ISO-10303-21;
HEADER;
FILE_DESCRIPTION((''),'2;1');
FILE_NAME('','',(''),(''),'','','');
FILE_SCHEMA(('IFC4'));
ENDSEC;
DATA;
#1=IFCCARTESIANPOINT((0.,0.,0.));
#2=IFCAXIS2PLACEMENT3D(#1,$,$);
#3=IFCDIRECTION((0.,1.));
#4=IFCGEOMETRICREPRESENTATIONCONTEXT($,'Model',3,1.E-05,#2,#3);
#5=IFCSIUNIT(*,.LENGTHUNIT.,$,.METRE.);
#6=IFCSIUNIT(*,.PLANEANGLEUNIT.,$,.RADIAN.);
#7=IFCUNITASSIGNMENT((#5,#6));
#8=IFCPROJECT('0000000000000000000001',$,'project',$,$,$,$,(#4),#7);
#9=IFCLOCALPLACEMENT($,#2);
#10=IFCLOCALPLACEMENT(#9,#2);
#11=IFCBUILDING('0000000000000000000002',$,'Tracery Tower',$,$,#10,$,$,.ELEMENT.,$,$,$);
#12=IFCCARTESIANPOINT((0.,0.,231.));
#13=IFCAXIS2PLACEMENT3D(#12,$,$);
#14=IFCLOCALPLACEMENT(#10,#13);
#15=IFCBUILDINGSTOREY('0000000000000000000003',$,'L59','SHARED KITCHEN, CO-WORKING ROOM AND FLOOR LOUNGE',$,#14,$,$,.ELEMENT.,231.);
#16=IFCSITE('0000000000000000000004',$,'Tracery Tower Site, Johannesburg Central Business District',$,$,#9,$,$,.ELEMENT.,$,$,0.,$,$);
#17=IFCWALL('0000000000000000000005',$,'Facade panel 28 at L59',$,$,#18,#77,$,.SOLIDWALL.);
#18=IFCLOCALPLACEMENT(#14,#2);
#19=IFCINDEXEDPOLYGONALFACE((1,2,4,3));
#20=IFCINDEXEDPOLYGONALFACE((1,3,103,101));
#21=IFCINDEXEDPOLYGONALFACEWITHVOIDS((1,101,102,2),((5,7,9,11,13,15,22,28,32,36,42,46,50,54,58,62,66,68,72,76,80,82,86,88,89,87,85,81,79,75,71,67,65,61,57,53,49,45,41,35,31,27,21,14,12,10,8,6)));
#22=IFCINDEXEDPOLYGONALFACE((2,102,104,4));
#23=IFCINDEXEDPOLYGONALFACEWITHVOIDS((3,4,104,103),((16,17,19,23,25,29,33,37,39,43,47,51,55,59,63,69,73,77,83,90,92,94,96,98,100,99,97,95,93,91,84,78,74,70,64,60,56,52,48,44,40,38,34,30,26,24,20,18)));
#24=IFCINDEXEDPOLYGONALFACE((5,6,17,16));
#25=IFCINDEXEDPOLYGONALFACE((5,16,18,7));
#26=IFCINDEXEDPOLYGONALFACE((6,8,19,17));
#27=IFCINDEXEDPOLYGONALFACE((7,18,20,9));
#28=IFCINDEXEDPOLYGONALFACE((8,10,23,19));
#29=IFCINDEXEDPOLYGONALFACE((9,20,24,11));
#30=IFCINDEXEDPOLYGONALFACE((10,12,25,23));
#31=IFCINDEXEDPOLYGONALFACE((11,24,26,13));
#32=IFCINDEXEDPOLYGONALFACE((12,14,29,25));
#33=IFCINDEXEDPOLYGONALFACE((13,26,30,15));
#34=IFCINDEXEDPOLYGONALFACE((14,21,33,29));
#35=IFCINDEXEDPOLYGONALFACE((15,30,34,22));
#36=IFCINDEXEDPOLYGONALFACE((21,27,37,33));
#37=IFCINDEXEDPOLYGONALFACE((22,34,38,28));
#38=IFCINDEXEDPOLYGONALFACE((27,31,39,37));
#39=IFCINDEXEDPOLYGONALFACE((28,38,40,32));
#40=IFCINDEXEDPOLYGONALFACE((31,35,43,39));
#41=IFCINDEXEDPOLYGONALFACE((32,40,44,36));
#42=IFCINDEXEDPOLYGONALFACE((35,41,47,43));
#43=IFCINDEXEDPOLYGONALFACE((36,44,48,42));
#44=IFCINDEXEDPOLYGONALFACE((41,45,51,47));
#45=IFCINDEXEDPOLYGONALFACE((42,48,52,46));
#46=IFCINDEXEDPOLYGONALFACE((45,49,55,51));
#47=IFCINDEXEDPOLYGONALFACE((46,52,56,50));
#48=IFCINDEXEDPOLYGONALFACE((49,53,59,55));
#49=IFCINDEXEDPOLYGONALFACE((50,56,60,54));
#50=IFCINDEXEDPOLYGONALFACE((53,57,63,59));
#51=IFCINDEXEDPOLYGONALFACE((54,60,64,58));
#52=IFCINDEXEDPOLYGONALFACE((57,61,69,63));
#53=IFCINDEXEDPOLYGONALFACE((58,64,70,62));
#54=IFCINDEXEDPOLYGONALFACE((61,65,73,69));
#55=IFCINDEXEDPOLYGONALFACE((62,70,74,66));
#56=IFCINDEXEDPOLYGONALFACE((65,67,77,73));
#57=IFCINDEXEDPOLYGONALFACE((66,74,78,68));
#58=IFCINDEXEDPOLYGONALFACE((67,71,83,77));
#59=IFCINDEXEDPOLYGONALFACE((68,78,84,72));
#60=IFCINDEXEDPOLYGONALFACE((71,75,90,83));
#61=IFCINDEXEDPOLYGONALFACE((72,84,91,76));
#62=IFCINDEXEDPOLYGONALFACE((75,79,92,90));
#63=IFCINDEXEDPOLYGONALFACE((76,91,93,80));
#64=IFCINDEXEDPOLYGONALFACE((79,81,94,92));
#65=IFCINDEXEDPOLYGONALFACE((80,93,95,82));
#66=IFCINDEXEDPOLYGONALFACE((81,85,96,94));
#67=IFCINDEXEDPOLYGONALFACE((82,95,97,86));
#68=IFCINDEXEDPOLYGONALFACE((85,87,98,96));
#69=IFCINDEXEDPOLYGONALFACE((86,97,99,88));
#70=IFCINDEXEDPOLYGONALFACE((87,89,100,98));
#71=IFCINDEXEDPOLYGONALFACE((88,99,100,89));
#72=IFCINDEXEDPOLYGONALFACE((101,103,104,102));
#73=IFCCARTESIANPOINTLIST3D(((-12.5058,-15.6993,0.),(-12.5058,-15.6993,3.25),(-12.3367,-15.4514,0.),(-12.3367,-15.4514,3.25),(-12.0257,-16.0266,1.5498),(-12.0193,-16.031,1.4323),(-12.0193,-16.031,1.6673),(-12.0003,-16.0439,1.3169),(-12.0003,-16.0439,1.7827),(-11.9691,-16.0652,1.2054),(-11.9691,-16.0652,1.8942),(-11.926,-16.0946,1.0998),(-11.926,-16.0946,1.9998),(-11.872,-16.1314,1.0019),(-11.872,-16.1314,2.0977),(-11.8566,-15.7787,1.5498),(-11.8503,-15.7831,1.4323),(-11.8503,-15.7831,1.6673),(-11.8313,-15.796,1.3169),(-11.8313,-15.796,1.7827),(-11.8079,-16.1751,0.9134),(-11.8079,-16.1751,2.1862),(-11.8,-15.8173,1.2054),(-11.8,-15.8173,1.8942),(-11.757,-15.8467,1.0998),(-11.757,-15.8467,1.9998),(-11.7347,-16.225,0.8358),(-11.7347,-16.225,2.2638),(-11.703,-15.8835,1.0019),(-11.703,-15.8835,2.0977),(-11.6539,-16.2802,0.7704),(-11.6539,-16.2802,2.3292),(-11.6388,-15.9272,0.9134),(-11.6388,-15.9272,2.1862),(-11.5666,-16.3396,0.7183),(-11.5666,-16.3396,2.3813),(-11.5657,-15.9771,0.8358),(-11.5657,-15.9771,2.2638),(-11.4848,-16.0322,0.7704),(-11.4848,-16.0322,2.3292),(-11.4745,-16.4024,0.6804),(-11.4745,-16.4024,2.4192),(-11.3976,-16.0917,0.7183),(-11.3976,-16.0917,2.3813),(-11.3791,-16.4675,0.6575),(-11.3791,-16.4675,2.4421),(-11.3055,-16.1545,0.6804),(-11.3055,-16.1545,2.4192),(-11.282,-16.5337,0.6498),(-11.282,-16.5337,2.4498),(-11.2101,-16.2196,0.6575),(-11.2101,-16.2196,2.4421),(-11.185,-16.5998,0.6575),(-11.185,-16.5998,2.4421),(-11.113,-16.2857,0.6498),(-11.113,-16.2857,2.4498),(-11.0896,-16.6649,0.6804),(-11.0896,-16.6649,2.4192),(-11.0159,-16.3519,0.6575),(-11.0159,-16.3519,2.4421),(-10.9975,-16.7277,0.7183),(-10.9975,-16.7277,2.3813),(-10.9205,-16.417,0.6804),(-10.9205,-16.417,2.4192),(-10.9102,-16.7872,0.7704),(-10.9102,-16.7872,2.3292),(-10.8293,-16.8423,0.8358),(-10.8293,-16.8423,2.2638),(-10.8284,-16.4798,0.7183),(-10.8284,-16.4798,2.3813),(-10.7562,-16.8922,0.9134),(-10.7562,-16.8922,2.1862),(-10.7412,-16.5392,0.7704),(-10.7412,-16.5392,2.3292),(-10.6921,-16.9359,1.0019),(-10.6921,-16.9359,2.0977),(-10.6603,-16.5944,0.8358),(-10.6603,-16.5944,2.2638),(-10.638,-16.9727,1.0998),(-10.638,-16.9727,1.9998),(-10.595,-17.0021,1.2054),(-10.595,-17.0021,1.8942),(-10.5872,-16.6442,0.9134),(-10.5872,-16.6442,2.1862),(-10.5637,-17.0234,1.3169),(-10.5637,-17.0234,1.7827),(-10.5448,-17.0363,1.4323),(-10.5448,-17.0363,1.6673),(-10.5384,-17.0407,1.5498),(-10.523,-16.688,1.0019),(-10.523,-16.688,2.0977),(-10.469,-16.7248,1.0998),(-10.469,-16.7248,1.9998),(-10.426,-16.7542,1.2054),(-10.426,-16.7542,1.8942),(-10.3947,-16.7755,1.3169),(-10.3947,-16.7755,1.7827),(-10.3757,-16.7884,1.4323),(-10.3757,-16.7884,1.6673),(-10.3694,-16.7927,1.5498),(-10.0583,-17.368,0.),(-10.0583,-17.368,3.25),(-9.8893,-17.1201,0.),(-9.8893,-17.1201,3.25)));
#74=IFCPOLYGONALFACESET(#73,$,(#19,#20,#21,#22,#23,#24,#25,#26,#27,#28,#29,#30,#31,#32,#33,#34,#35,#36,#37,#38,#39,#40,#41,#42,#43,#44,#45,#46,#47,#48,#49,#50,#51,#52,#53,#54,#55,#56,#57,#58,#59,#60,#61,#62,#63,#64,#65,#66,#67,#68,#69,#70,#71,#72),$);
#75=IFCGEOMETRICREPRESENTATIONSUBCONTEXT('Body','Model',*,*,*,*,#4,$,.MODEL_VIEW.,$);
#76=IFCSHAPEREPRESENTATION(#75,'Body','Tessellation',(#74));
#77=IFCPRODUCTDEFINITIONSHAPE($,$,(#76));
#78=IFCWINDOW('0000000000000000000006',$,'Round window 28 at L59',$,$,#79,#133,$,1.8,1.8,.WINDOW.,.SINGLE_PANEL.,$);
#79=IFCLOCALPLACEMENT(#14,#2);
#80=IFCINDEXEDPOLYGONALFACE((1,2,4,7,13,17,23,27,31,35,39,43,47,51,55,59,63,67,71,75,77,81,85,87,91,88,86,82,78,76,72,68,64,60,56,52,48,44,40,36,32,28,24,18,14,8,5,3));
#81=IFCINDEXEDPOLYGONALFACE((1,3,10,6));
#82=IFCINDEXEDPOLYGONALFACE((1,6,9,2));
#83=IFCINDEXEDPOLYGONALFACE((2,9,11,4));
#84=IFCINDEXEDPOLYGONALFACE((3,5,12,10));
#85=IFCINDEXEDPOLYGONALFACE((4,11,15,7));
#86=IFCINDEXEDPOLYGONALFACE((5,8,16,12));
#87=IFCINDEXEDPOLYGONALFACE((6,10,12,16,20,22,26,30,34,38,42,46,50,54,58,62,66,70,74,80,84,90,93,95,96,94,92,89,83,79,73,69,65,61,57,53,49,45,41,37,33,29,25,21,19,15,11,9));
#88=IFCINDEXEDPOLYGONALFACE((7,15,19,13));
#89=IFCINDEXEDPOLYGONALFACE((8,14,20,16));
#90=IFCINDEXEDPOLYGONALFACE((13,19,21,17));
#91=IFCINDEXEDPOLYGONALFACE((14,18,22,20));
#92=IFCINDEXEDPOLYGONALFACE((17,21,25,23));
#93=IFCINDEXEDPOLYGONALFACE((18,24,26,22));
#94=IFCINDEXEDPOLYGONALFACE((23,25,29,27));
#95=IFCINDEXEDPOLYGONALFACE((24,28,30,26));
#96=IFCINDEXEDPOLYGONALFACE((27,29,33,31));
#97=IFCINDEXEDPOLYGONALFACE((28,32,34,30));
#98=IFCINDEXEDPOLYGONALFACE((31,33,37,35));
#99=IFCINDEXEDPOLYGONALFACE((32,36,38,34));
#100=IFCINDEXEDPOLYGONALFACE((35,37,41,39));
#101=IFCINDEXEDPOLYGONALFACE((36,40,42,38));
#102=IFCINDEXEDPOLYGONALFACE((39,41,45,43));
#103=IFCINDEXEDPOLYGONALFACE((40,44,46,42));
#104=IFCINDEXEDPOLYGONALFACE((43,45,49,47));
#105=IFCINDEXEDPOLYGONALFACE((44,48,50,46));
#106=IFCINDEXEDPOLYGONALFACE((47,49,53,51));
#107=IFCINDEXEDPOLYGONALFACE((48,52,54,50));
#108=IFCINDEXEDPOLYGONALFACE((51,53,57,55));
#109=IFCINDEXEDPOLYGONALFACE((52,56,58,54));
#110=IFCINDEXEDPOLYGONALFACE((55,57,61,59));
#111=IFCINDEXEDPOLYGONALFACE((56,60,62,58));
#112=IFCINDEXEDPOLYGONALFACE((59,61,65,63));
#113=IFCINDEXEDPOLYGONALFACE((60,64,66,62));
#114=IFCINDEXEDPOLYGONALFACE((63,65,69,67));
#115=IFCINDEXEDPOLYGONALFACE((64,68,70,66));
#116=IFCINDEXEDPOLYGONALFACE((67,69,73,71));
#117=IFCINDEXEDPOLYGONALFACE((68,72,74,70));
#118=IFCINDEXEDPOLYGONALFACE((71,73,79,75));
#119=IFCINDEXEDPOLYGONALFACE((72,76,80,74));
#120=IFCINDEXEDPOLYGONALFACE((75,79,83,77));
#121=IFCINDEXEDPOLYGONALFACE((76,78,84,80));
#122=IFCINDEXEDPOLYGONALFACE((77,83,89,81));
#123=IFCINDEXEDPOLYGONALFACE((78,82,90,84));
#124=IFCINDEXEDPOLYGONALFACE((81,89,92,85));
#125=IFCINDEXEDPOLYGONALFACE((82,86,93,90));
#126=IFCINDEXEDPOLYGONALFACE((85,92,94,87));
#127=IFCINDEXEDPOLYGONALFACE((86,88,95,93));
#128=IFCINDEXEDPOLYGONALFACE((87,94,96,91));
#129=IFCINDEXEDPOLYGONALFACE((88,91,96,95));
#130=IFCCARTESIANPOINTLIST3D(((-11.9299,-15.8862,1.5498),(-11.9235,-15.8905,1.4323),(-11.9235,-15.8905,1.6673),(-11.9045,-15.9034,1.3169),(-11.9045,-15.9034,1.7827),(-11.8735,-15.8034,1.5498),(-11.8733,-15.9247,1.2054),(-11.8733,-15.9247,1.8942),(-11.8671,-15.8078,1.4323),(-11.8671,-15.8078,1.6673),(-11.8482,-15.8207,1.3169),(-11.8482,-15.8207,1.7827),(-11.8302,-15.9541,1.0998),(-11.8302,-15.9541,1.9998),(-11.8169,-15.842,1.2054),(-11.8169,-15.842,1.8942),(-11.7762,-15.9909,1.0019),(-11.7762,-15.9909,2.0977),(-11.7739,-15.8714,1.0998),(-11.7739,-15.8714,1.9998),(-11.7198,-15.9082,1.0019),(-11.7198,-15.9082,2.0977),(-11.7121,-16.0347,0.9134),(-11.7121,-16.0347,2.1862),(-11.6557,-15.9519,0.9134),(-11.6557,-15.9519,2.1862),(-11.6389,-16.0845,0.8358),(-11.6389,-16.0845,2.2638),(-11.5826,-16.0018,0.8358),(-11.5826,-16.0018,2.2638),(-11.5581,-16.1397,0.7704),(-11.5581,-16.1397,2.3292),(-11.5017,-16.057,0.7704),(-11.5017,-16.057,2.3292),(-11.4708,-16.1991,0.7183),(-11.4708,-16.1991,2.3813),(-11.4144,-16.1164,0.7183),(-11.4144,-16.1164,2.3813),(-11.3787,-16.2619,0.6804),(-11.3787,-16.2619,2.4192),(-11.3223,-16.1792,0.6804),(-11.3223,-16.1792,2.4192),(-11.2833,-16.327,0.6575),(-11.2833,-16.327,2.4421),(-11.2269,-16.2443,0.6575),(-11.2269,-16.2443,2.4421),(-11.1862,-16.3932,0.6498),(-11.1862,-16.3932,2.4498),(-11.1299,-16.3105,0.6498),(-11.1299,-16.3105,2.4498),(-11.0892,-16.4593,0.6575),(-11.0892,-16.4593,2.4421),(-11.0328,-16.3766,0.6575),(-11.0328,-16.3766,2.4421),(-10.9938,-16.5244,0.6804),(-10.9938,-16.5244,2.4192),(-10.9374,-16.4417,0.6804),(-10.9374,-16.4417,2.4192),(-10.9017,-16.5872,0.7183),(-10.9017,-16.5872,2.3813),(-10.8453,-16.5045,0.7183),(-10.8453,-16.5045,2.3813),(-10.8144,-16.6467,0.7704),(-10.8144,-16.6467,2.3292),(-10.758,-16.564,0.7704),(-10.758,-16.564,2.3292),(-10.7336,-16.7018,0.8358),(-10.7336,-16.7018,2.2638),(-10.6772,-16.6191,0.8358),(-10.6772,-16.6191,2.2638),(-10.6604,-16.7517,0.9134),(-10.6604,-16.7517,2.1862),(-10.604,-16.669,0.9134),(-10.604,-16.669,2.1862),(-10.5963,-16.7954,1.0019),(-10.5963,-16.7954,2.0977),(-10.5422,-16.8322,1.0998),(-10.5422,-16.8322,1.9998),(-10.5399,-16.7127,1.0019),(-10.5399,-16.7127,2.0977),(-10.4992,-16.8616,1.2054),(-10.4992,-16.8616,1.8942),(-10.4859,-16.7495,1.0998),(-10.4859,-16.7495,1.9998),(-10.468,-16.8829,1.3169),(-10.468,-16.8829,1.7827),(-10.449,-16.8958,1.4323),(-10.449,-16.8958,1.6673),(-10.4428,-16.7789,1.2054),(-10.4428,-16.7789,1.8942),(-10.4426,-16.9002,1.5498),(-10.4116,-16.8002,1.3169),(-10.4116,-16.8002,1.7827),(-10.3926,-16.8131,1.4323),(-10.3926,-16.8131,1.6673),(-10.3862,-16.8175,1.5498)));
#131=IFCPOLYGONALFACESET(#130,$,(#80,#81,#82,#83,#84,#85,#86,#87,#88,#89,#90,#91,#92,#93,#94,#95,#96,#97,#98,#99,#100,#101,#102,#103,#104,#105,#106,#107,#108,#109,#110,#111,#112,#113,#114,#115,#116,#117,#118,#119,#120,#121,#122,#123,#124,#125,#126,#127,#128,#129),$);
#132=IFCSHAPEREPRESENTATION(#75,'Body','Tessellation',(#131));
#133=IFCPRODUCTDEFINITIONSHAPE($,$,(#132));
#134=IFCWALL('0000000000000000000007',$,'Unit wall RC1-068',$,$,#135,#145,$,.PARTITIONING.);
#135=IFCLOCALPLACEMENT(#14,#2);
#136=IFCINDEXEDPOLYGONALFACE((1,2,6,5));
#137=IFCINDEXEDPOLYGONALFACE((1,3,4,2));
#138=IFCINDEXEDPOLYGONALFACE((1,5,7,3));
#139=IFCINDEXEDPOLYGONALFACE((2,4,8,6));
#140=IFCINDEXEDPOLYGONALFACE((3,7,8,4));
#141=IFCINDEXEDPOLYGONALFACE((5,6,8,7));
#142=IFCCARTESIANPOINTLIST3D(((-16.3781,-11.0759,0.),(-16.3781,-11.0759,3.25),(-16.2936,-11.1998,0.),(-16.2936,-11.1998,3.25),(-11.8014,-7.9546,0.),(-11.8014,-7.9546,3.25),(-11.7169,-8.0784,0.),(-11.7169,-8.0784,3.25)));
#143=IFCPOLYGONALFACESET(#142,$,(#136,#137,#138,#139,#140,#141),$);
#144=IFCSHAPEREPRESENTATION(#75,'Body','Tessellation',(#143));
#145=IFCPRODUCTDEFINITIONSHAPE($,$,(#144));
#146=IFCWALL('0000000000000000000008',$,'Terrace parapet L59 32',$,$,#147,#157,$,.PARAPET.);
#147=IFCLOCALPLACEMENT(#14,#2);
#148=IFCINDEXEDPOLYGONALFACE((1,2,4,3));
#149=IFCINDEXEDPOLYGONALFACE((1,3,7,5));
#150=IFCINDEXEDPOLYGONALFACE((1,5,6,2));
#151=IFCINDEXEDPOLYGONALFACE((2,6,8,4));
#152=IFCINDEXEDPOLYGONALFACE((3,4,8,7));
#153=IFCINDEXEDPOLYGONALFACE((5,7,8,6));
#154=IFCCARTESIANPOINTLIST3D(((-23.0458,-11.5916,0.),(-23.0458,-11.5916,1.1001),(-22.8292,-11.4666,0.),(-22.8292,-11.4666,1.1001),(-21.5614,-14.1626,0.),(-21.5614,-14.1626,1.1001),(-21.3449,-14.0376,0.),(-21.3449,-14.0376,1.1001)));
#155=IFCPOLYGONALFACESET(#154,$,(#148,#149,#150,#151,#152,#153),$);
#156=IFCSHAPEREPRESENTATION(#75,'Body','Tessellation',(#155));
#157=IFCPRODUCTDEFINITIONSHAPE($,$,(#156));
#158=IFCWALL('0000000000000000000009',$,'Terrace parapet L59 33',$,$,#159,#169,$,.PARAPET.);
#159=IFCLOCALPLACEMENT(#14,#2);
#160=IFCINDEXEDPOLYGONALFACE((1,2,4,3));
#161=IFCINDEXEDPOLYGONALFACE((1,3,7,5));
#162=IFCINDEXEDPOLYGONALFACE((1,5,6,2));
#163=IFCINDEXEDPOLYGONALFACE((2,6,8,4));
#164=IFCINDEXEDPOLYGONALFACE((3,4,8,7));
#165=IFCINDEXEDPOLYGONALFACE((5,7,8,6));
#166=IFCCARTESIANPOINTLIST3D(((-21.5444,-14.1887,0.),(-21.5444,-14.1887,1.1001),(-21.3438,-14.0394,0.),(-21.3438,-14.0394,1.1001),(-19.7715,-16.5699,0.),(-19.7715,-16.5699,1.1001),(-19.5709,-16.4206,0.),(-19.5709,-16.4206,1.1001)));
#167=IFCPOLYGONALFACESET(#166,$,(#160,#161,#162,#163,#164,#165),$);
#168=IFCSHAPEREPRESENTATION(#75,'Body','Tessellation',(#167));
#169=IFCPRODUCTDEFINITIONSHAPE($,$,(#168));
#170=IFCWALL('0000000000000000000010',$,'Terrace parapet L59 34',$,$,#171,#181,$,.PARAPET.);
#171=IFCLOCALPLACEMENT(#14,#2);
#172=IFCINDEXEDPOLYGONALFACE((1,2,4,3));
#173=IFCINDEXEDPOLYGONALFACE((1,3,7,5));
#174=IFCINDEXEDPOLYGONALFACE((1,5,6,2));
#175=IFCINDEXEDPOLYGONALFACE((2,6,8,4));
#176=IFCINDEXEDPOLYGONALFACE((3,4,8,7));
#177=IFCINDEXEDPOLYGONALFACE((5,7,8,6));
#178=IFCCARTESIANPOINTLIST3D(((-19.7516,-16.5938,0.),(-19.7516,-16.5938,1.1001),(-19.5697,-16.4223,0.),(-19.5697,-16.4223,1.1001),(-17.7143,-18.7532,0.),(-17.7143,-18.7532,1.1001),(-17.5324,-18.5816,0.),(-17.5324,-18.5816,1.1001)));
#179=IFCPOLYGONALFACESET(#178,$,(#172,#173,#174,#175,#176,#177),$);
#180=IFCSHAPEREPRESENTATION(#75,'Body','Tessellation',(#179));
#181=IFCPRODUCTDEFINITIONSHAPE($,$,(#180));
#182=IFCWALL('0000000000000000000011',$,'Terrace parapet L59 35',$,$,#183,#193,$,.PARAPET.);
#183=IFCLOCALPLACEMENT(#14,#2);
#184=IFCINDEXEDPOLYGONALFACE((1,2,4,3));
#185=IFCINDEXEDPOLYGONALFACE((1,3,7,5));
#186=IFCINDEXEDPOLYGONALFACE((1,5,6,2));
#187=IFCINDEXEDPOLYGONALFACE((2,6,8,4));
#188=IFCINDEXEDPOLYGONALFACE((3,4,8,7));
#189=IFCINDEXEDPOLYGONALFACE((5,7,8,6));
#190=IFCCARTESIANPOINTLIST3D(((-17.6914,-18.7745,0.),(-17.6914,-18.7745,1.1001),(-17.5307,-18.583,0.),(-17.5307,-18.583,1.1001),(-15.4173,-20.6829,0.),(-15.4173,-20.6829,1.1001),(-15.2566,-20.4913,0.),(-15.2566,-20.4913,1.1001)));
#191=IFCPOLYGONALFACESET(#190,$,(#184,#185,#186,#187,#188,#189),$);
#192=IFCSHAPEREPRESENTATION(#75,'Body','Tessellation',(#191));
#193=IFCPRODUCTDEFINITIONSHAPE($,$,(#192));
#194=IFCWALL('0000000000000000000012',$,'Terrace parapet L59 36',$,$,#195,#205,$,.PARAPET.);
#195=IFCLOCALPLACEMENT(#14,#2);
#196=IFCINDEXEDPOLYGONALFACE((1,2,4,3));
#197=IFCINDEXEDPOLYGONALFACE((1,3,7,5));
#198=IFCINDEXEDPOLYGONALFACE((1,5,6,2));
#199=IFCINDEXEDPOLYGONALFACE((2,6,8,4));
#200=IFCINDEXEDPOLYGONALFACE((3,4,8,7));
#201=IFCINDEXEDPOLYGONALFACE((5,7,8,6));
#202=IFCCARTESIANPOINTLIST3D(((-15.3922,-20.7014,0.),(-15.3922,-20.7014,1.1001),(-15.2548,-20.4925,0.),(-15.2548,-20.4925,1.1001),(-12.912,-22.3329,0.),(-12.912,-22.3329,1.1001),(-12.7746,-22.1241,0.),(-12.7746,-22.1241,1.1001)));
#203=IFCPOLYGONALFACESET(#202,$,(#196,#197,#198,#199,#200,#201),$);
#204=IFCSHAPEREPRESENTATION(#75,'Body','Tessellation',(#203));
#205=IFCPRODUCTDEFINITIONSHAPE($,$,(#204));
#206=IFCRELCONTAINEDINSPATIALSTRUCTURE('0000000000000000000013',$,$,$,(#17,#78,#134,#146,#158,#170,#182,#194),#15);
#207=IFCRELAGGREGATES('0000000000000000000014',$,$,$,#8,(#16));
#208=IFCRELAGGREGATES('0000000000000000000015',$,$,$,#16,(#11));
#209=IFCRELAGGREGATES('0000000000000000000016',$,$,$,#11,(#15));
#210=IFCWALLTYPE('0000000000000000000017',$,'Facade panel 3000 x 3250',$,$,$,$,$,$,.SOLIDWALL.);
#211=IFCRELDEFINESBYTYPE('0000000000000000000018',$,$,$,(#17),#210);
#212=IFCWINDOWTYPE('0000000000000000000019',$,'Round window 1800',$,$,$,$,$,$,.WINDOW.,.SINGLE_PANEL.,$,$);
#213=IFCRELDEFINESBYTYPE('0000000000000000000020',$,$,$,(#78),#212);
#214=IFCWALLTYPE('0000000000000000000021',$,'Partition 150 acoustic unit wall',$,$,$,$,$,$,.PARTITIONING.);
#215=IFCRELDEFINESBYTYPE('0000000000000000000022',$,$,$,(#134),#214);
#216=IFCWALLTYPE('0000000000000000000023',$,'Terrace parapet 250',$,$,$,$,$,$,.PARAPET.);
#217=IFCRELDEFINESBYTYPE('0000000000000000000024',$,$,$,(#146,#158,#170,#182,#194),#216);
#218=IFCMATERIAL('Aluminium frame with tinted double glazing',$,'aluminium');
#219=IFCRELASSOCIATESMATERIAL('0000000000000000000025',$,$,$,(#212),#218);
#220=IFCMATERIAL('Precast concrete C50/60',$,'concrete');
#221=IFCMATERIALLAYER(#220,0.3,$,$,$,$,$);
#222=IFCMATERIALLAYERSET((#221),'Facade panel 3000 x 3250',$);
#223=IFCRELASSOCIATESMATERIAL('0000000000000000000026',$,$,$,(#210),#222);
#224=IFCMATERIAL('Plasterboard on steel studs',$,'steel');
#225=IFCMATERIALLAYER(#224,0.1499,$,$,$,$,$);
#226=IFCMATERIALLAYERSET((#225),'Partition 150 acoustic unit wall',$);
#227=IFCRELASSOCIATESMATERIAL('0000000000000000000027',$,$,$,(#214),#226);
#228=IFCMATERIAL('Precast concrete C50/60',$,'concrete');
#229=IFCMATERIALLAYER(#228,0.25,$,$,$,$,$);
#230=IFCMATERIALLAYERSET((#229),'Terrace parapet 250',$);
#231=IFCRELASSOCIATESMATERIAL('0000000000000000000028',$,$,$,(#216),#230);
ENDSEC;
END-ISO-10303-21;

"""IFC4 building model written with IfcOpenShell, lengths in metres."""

from ifc_helpers import new_model, si_unit, direction, frame, frame_2d, origin, origin_2d, place, context, subcontext, project, spatial, rectangle, circle, extrude, material, layer, layer_set, type_object, element, fill, save


model = new_model("IFC4")

# Units and contexts
model_context = context("Model", 3, precision=1e-05, world=origin(), true_north=direction((0.0, 1.0)))
body_context = subcontext(model_context, "Body", "Model", "MODEL_VIEW")
ifc_project = project(units=[si_unit("LENGTHUNIT", "METRE"), si_unit("PLANEANGLEUNIT", "RADIAN")], contexts=[model_context])

# Site, building, storey
site_placement = place(None, origin())
site = spatial("IfcSite", under=ifc_project, at=site_placement, Name="Tracery Tower Site, Johannesburg Central Business District", CompositionType="ELEMENT", RefElevation=0.0)
building_placement = place(site_placement, origin())
building = spatial("IfcBuilding", under=site, at=building_placement, Name="Tracery Tower", CompositionType="ELEMENT")
storey_placement = place(building_placement, frame((0.0, 0.0, 231.0)))
storey = spatial("IfcBuildingStorey", under=building, at=storey_placement, Name="L59", Description="SHARED KITCHEN, CO-WORKING ROOM AND FLOOR LOUNGE", CompositionType="ELEMENT", Elevation=231.0)

# Wall, opening, window
ifc_material_1 = material(Name="Aluminium frame with tinted double glazing", Category="aluminium")
window_type = type_object("IfcWindowType", Name="Round window 1800", PartitioningType="SINGLE_PANEL", PredefinedType="WINDOW", material=ifc_material_1)
ifc_material_2 = material(Name="Precast concrete C50/60", Category="concrete")
ifc_layer_1 = layer(ifc_material_2, 0.3)
ifc_layer_set_1 = layer_set([ifc_layer_1], Name="Facade panel 3000 x 3250")
wall_type_1 = type_object("IfcWallType", Name="Facade panel 3000 x 3250", PredefinedType="SOLIDWALL", material=ifc_layer_set_1)
wall_1_placement = place(storey_placement, frame((-12.4211, -15.5754, 0.0), z_axis=(0.0, 0.0, 1.0), x_axis=(0.826236, -0.563324, 0.0)))
wall_1 = element("IfcWall", 1, at=wall_1_placement, inside=storey, type_object=wall_type_1, Name="Facade panel 28 at L59", PredefinedType="SOLIDWALL", context=body_context, shape_type="SweptSolid", body=[
    extrude(rectangle(XDim=2.9622, YDim=0.3, at=frame_2d((1.481, 0.0))), origin(), (0.0, 0.0, 1.0), 3.25),
])
opening_1_placement = place(wall_1_placement, frame((1.481, 0.0, 1.5498)))
opening_1 = element("IfcOpeningElement", 2, at=opening_1_placement, cuts=wall_1, PredefinedType="OPENING", context=body_context, shape_type="SweptSolid", body=[
    extrude(circle(Radius=0.9, at=origin_2d()), frame((0.0, 0.1599, 0.0), z_axis=(0.0, -1.0, 0.0), x_axis=(1.0, 0.0, 0.0)), (0.0, 0.0, 1.0), 0.3201),
])
window_1_placement = place(opening_1_placement, origin())
window_1 = element("IfcWindow", 3, at=window_1_placement, inside=storey, type_object=window_type, Name="Round window 28 at L59", OverallHeight=1.8, OverallWidth=1.8, PartitioningType="SINGLE_PANEL", PredefinedType="WINDOW", context=body_context, shape_type="SweptSolid", body=[
    extrude(circle(Radius=0.9, at=origin_2d()), frame((0.0, 0.1201, 0.0), z_axis=(0.0, -1.0, 0.0), x_axis=(1.0, 0.0, 0.0)), (0.0, 0.0, 1.0), 0.1001),
])
fill(opening_1, window_1)

# Walls
ifc_material_3 = material(Name="Plasterboard on steel studs", Category="steel")
ifc_layer_2 = layer(ifc_material_3, 0.1499)
ifc_layer_set_2 = layer_set([ifc_layer_2], Name="Partition 150 acoustic unit wall")
wall_type_2 = type_object("IfcWallType", Name="Partition 150 acoustic unit wall", PredefinedType="PARTITIONING", material=ifc_layer_set_2)
wall_2_placement = place(storey_placement, frame((-16.3359, -11.1379, 0.0), z_axis=(0.0, 0.0, 1.0), x_axis=(0.826153, 0.563446, 0.0)))
element("IfcWall", 4, at=wall_2_placement, inside=storey, type_object=wall_type_2, Name="Unit wall RC1-068", PredefinedType="PARTITIONING", context=body_context, shape_type="SweptSolid", body=[
    extrude(rectangle(XDim=5.5398, YDim=0.1499, at=frame_2d((2.77, 0.0))), origin(), (0.0, 0.0, 1.0), 3.25),
])
ifc_material_4 = material(Name="Precast concrete C50/60", Category="concrete")
ifc_layer_3 = layer(ifc_material_4, 0.25)
ifc_layer_set_3 = layer_set([ifc_layer_3], Name="Terrace parapet 250")
wall_type_3 = type_object("IfcWallType", Name="Terrace parapet 250", PredefinedType="PARAPET", material=ifc_layer_set_3)
for number, where, z_axis, x_axis, name in (
    (5, (-22.9375, -11.5291, 0.0), (0.0, 0.0, 1.0), (0.499995, -0.866028, 0.0), "Terrace parapet L59 32"),
    (6, (-21.4441, -14.114, 0.0), (0.0, 0.0, 1.0), (0.597181, -0.802107, 0.0), "Terrace parapet L59 33"),
    (7, (-19.6606, -16.5081, 0.0), (0.0, 0.0, 1.0), (0.686249, -0.727367, 0.0), "Terrace parapet L59 34"),
    (8, (-17.6111, -18.6787, 0.0), (0.0, 0.0, 1.0), (0.766013, -0.642826, 0.0), "Terrace parapet L59 35"),
    (9, (-15.3235, -20.5969, 0.0), (0.0, 0.0, 1.0), (0.835438, -0.549585, 0.0), "Terrace parapet L59 36"),
):
    element("IfcWall", number, at=place(storey_placement, frame(where, z_axis=z_axis, x_axis=x_axis)), inside=storey, type_object=wall_type_3, Name=name, PredefinedType="PARAPET", context=body_context, shape_type="SweptSolid", body=[
        extrude(rectangle(XDim=2.9688, YDim=0.25, at=frame_2d((1.4844, 0.0))), origin(), (0.0, 0.0, 1.0), 1.1001),
    ])

save(model, "model.ifc")
